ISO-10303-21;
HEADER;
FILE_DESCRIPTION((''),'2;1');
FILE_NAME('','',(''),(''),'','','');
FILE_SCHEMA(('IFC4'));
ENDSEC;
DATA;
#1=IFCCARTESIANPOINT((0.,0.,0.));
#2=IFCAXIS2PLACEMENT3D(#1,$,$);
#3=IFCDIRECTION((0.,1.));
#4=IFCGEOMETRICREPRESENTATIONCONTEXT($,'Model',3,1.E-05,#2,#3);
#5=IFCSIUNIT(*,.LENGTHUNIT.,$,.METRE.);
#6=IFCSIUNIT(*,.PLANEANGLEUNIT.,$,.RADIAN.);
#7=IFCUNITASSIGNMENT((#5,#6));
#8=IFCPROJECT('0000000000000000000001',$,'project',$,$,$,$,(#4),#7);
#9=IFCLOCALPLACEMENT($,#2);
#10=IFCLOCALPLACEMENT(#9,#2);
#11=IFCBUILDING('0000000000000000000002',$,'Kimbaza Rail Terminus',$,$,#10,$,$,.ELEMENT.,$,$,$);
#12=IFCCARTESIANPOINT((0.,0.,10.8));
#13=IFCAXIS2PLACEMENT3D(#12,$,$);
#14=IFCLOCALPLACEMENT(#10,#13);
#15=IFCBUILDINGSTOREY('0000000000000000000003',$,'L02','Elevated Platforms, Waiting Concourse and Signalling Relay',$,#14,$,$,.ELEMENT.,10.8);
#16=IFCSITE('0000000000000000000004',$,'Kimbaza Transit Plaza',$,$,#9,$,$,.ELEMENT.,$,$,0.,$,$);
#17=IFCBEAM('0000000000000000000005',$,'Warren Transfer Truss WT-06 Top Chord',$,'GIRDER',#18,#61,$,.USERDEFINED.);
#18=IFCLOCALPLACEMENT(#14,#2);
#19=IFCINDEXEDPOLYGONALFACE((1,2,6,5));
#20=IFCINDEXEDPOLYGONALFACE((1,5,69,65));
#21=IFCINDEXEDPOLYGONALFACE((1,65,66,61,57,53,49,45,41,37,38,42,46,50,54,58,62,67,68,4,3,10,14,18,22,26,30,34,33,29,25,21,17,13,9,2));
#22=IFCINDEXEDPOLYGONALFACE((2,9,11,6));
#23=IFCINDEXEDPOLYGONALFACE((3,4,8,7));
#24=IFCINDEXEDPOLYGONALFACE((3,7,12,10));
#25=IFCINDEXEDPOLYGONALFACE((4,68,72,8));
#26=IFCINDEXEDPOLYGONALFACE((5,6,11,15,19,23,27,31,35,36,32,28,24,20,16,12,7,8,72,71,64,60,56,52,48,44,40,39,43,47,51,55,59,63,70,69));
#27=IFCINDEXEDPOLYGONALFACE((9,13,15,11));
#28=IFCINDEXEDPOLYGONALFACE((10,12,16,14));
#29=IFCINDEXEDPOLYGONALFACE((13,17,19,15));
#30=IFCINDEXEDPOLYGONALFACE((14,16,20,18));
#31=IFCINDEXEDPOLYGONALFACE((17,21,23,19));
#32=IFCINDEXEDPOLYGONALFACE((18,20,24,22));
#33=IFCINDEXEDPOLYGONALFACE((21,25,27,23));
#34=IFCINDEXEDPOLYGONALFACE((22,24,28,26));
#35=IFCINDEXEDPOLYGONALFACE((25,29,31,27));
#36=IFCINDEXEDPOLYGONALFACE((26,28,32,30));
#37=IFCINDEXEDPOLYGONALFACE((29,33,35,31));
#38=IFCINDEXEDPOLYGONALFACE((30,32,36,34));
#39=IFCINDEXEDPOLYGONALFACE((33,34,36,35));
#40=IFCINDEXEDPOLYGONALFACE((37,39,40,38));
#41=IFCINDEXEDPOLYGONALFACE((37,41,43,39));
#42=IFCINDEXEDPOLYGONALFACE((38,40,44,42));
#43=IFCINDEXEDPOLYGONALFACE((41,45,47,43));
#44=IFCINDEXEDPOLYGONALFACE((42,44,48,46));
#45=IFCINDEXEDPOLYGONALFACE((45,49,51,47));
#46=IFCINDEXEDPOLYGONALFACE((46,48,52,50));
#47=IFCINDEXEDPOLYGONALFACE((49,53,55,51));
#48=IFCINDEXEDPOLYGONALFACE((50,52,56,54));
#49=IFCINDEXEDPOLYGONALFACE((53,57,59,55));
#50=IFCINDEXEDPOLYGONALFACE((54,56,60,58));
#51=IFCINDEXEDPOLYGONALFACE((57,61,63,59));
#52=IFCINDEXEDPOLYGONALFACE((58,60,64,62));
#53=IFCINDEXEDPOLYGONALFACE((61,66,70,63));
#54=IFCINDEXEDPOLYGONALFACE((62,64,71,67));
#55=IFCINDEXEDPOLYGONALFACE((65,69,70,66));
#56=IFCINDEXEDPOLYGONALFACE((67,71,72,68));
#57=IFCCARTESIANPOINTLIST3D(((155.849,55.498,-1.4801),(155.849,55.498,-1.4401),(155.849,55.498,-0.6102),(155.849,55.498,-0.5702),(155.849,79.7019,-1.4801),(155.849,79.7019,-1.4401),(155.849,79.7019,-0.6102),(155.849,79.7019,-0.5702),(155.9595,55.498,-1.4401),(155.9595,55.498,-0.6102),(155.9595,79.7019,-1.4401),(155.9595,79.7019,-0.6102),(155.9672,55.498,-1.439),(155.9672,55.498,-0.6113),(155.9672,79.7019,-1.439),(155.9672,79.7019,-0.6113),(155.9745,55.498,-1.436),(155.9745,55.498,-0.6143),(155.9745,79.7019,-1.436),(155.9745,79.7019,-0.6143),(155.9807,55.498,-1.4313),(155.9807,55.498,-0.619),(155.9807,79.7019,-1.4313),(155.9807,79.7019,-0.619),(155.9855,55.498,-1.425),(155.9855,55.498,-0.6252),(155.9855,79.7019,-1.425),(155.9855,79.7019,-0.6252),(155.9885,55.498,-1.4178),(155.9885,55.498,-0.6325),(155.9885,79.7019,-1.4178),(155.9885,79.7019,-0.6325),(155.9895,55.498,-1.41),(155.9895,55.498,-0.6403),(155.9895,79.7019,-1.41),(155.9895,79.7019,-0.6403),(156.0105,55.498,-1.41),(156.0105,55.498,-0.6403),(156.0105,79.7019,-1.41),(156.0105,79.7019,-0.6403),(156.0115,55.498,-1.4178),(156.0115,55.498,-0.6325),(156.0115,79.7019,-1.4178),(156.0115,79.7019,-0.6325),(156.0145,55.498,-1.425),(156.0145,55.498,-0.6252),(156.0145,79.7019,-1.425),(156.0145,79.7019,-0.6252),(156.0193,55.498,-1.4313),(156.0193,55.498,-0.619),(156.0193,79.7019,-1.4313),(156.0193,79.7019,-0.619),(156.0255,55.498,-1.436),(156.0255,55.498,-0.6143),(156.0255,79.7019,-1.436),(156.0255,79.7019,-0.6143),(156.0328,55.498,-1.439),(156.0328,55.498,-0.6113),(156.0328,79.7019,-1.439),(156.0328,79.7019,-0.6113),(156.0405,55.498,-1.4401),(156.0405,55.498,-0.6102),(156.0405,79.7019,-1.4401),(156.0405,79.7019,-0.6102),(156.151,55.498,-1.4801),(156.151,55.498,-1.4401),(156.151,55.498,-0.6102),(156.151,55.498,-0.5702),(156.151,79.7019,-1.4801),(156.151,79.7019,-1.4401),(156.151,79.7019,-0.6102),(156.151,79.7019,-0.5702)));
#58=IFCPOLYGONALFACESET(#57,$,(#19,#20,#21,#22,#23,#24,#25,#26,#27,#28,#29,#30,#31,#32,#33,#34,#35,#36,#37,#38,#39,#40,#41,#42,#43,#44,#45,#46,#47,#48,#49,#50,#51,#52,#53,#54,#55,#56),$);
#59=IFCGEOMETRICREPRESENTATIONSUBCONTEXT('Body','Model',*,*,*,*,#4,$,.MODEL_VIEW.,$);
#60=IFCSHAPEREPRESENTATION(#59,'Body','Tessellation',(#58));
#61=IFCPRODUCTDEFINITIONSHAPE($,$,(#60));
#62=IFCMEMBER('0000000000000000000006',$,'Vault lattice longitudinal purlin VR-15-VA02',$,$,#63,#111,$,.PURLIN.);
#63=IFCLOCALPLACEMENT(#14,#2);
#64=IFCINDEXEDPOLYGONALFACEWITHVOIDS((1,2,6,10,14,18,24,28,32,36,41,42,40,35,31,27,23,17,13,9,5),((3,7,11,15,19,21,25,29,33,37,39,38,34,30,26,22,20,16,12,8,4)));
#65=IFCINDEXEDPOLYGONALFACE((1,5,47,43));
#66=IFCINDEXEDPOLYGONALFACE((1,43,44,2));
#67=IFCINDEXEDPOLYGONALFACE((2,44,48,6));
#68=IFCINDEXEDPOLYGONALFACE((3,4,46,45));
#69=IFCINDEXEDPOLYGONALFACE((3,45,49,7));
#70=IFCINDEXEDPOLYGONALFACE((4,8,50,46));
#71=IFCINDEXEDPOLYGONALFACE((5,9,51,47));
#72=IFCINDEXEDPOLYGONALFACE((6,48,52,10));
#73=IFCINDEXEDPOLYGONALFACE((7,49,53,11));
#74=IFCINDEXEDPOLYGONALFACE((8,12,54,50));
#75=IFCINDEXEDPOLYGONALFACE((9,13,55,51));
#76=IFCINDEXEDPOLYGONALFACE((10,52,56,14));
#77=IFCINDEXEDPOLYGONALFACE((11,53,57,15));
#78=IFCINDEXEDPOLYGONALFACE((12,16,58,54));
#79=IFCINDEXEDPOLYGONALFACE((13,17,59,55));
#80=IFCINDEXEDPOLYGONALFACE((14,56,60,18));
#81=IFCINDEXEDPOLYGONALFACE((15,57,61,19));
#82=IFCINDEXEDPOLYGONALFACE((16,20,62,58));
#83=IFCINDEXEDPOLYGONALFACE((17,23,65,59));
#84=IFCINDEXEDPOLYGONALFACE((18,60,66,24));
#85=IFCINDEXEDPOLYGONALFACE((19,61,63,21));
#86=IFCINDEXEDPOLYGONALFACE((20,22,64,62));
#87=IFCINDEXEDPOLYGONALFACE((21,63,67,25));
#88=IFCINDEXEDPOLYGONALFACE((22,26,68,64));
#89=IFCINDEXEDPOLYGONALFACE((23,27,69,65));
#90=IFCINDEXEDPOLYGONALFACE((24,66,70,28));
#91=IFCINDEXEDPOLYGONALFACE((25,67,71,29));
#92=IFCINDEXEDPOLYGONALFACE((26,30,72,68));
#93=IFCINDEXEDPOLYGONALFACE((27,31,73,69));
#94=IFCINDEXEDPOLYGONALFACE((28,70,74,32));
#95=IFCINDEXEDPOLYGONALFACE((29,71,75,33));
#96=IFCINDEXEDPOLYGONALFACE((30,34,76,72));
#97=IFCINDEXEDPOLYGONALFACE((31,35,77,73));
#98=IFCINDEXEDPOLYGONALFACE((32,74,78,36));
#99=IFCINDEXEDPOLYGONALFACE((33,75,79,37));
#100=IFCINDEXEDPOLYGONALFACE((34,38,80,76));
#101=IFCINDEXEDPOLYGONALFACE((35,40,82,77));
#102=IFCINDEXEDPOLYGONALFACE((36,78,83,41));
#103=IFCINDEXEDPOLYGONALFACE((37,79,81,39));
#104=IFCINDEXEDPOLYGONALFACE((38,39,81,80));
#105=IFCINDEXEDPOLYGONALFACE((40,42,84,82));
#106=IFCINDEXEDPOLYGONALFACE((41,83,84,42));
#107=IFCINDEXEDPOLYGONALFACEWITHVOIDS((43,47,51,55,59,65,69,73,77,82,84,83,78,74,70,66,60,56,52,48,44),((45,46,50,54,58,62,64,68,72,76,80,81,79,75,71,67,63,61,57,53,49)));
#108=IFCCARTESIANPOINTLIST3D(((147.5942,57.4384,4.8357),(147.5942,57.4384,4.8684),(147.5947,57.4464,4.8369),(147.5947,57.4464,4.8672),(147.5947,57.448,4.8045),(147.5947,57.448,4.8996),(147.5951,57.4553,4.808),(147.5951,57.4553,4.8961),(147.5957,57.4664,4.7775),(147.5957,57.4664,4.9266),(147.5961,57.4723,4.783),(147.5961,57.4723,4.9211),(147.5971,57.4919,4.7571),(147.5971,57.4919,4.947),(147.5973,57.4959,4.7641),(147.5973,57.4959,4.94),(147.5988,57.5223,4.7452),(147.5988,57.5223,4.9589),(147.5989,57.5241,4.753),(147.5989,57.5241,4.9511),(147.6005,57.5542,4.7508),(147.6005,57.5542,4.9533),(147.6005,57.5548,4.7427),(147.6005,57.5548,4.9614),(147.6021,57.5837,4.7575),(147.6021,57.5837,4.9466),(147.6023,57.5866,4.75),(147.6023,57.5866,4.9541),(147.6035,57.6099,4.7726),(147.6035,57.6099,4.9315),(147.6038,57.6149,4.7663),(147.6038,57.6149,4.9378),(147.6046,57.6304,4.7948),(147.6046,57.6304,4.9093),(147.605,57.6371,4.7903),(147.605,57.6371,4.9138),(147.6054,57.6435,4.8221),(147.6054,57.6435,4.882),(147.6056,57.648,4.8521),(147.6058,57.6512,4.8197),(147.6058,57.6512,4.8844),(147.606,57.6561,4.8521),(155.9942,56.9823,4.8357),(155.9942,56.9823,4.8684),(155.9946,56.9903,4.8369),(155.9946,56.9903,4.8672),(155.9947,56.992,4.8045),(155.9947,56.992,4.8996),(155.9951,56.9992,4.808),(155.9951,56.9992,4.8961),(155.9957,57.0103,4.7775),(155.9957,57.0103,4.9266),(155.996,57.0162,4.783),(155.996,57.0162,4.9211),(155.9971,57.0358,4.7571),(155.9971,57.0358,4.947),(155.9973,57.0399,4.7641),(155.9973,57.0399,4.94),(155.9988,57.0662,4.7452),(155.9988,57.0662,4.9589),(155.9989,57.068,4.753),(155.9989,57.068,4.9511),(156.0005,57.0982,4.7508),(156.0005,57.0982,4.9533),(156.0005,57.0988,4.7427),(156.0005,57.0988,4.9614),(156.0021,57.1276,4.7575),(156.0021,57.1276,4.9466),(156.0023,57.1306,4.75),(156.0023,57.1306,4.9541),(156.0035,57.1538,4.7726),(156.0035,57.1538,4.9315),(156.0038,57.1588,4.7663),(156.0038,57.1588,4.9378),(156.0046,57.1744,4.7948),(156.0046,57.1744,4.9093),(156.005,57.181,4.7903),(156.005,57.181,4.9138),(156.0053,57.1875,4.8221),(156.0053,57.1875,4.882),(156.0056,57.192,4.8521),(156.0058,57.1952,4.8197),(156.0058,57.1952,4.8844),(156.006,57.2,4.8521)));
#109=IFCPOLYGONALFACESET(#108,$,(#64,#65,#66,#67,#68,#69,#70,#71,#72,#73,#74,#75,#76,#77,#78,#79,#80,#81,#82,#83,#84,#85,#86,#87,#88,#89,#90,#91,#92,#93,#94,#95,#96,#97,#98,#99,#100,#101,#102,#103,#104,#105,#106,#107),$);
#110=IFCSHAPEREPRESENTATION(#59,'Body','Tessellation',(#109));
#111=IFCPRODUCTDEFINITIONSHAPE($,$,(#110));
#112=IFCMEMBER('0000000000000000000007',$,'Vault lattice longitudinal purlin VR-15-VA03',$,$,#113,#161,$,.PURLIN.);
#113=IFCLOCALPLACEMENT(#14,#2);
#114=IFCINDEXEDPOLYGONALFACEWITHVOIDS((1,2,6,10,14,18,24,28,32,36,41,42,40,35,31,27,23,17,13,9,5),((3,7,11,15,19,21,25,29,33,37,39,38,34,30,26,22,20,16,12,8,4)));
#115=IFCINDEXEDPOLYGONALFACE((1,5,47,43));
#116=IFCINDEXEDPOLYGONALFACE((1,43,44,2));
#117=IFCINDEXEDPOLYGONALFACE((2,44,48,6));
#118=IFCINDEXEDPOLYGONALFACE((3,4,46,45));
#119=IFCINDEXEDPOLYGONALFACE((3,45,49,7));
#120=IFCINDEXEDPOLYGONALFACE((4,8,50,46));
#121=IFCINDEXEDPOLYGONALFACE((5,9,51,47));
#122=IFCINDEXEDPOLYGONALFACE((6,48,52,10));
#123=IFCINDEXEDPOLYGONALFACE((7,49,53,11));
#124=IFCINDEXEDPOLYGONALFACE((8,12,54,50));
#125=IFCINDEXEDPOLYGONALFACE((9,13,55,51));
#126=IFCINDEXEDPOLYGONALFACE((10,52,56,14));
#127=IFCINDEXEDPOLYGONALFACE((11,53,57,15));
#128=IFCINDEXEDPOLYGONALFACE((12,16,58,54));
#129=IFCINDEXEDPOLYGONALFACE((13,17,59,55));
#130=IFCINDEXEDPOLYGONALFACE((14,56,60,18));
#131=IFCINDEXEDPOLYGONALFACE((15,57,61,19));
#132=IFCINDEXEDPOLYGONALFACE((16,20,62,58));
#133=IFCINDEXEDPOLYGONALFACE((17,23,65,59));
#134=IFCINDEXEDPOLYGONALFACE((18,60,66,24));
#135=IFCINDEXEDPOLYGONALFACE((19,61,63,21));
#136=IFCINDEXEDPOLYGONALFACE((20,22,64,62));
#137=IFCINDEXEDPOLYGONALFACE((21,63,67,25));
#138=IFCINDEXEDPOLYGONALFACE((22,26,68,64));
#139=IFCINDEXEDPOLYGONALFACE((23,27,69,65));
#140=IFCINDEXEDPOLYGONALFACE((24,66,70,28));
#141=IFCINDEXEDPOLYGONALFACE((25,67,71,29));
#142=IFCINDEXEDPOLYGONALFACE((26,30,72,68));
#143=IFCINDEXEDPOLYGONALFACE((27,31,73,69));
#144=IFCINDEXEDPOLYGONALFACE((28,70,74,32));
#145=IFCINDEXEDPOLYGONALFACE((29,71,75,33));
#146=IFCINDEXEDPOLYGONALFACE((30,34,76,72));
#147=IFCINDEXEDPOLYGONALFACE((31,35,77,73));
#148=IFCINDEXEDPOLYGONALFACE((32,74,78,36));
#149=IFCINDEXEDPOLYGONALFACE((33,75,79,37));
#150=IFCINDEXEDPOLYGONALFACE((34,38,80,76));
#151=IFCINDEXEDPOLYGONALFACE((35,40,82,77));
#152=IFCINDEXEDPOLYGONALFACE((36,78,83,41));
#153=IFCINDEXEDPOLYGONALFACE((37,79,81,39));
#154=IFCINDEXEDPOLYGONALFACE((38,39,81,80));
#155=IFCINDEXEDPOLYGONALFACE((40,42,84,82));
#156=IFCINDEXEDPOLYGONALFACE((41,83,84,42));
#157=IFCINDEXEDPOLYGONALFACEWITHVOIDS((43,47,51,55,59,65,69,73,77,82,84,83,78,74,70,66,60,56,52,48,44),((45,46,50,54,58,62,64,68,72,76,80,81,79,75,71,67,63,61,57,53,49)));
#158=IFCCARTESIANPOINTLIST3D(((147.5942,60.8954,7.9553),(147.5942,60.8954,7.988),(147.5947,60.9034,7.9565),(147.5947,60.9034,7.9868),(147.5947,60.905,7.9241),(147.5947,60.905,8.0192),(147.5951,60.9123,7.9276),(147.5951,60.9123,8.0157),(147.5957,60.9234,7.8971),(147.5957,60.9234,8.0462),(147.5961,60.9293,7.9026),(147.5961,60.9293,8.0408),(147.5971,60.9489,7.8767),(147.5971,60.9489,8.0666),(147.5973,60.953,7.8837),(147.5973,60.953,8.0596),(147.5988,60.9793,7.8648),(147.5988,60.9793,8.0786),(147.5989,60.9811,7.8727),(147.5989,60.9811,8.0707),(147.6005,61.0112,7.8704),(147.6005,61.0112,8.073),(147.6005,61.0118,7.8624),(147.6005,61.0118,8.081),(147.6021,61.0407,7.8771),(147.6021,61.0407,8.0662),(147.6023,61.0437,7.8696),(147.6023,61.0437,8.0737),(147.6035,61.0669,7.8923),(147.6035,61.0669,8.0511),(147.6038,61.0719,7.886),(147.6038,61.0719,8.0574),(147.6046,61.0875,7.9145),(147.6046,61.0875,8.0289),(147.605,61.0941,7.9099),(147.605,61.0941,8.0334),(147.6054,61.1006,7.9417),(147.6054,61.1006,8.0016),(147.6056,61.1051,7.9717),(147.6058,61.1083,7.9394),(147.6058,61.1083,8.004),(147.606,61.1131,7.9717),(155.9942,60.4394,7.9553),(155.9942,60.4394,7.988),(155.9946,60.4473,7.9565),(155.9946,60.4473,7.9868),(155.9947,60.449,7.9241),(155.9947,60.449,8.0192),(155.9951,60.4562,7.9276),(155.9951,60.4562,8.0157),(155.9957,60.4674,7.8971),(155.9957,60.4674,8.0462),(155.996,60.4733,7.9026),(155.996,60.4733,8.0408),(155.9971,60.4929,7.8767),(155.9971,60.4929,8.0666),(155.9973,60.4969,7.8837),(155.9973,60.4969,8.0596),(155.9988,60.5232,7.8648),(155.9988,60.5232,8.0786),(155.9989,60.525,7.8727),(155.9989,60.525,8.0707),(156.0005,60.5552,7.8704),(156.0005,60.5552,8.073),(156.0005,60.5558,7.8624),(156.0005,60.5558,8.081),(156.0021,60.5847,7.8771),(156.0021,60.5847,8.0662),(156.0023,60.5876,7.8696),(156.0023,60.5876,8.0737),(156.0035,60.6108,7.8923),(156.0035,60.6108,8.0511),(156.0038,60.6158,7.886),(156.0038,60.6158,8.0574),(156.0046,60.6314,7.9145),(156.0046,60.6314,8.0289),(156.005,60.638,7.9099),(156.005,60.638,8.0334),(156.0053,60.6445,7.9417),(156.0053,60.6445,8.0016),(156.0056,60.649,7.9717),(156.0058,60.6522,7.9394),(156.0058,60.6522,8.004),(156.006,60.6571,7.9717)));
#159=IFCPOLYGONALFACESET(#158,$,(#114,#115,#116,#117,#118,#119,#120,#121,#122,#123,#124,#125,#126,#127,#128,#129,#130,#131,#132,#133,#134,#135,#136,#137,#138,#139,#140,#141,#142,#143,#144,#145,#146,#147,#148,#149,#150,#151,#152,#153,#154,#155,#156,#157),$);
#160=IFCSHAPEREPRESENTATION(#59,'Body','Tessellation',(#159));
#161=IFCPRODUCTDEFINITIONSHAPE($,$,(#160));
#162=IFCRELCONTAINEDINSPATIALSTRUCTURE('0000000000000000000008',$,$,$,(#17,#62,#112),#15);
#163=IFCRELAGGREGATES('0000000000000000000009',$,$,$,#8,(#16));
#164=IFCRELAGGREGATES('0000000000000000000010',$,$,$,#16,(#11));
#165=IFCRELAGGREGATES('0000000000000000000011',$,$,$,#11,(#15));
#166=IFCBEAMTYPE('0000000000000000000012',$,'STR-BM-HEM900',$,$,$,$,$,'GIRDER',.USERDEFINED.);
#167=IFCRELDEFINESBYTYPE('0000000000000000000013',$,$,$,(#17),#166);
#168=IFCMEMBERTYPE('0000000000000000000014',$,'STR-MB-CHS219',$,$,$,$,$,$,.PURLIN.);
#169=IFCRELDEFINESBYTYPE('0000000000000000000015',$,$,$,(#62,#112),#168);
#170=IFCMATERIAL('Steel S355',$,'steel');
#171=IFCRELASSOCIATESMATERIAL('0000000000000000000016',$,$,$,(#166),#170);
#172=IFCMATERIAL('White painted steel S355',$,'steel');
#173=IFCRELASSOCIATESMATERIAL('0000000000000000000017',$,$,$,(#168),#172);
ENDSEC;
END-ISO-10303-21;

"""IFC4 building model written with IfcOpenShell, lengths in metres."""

from ifc_helpers import new_model, si_unit, direction, frame, origin, origin_2d, place, context, subcontext, project, spatial, hollow_circle, i_section, extrude, material, material_profile, profile_set, type_object, element, save


model = new_model("IFC4")

# Units and contexts
model_context = context("Model", 3, precision=1e-05, world=origin(), true_north=direction((0.0, 1.0)))
body_context = subcontext(model_context, "Body", "Model", "MODEL_VIEW")
ifc_project = project(units=[si_unit("LENGTHUNIT", "METRE"), si_unit("PLANEANGLEUNIT", "RADIAN")], contexts=[model_context])

# Site, building, storey
site_placement = place(None, origin())
site = spatial("IfcSite", under=ifc_project, at=site_placement, Name="Kimbaza Transit Plaza", CompositionType="ELEMENT", RefElevation=0.0)
building_placement = place(site_placement, origin())
building = spatial("IfcBuilding", under=site, at=building_placement, Name="Kimbaza Rail Terminus", CompositionType="ELEMENT")
storey_placement = place(building_placement, frame((0.0, 0.0, 10.8)))
storey = spatial("IfcBuildingStorey", under=building, at=storey_placement, Name="L02", Description="Elevated Platforms, Waiting Concourse and Signalling Relay", CompositionType="ELEMENT", Elevation=10.8)

# Beam
ifc_material_1 = material(Name="Steel S355", Category="steel")
ifc_material_profile_1 = material_profile(ifc_material_1, i_section(OverallWidth=0.302, OverallDepth=0.9099, WebThickness=0.021, FlangeThickness=0.04, FilletRadius=0.03, at=origin_2d()), Name="HEM 900")
ifc_profile_set_1 = profile_set([ifc_material_profile_1], Name="Steel S355")
beam_type = type_object("IfcBeamType", Name="STR-BM-HEM900", ElementType="GIRDER", PredefinedType="USERDEFINED", material=ifc_profile_set_1)
beam_placement = place(storey_placement, frame((156.0, 55.498, -1.0251), z_axis=(0.0, 1.0, 0.0), x_axis=(-1.0, 0.0, 0.0)))
element("IfcBeam", 1, at=beam_placement, inside=storey, type_object=beam_type, Name="Warren Transfer Truss WT-06 Top Chord", ObjectType="GIRDER", PredefinedType="USERDEFINED", context=body_context, shape_type="SweptSolid", body=[
    extrude(i_section(OverallWidth=0.302, OverallDepth=0.9099, WebThickness=0.021, FlangeThickness=0.04, FilletRadius=0.03, at=origin_2d()), origin(), (0.0, 0.0, 1.0), 24.2039),
])

# Members
ifc_material_2 = material(Name="White painted steel S355", Category="steel")
ifc_material_profile_2 = material_profile(ifc_material_2, hollow_circle(Radius=0.1096, WallThickness=0.0081, at=origin_2d()), Name="CHS 219.1x8")
ifc_profile_set_2 = profile_set([ifc_material_profile_2], Name="White painted steel S355")
member_type_1 = type_object("IfcMemberType", Name="STR-MB-CHS219", PredefinedType="PURLIN", material=ifc_profile_set_2)
for number, where, z_axis, x_axis, name in (
    (2, (147.6001, 57.5466, 4.8521), (0.998529, -0.054213, 0.0), (0.054213, 0.998529, 0.0), "Vault lattice longitudinal purlin VR-15-VA02"),
    (3, (147.6001, 61.0037, 7.9717), (0.998529, -0.054213, 0.0), (0.054213, 0.998529, 0.0), "Vault lattice longitudinal purlin VR-15-VA03"),
):
    element("IfcMember", number, at=place(storey_placement, frame(where, z_axis=z_axis, x_axis=x_axis)), inside=storey, type_object=member_type_1, Name=name, PredefinedType="PURLIN", context=body_context, shape_type="SweptSolid", body=[
        extrude(hollow_circle(Radius=0.1096, WallThickness=0.0081, at=origin_2d()), origin(), (0.0, 0.0, 1.0), 8.4124),
    ])

save(model, "model.ifc")
